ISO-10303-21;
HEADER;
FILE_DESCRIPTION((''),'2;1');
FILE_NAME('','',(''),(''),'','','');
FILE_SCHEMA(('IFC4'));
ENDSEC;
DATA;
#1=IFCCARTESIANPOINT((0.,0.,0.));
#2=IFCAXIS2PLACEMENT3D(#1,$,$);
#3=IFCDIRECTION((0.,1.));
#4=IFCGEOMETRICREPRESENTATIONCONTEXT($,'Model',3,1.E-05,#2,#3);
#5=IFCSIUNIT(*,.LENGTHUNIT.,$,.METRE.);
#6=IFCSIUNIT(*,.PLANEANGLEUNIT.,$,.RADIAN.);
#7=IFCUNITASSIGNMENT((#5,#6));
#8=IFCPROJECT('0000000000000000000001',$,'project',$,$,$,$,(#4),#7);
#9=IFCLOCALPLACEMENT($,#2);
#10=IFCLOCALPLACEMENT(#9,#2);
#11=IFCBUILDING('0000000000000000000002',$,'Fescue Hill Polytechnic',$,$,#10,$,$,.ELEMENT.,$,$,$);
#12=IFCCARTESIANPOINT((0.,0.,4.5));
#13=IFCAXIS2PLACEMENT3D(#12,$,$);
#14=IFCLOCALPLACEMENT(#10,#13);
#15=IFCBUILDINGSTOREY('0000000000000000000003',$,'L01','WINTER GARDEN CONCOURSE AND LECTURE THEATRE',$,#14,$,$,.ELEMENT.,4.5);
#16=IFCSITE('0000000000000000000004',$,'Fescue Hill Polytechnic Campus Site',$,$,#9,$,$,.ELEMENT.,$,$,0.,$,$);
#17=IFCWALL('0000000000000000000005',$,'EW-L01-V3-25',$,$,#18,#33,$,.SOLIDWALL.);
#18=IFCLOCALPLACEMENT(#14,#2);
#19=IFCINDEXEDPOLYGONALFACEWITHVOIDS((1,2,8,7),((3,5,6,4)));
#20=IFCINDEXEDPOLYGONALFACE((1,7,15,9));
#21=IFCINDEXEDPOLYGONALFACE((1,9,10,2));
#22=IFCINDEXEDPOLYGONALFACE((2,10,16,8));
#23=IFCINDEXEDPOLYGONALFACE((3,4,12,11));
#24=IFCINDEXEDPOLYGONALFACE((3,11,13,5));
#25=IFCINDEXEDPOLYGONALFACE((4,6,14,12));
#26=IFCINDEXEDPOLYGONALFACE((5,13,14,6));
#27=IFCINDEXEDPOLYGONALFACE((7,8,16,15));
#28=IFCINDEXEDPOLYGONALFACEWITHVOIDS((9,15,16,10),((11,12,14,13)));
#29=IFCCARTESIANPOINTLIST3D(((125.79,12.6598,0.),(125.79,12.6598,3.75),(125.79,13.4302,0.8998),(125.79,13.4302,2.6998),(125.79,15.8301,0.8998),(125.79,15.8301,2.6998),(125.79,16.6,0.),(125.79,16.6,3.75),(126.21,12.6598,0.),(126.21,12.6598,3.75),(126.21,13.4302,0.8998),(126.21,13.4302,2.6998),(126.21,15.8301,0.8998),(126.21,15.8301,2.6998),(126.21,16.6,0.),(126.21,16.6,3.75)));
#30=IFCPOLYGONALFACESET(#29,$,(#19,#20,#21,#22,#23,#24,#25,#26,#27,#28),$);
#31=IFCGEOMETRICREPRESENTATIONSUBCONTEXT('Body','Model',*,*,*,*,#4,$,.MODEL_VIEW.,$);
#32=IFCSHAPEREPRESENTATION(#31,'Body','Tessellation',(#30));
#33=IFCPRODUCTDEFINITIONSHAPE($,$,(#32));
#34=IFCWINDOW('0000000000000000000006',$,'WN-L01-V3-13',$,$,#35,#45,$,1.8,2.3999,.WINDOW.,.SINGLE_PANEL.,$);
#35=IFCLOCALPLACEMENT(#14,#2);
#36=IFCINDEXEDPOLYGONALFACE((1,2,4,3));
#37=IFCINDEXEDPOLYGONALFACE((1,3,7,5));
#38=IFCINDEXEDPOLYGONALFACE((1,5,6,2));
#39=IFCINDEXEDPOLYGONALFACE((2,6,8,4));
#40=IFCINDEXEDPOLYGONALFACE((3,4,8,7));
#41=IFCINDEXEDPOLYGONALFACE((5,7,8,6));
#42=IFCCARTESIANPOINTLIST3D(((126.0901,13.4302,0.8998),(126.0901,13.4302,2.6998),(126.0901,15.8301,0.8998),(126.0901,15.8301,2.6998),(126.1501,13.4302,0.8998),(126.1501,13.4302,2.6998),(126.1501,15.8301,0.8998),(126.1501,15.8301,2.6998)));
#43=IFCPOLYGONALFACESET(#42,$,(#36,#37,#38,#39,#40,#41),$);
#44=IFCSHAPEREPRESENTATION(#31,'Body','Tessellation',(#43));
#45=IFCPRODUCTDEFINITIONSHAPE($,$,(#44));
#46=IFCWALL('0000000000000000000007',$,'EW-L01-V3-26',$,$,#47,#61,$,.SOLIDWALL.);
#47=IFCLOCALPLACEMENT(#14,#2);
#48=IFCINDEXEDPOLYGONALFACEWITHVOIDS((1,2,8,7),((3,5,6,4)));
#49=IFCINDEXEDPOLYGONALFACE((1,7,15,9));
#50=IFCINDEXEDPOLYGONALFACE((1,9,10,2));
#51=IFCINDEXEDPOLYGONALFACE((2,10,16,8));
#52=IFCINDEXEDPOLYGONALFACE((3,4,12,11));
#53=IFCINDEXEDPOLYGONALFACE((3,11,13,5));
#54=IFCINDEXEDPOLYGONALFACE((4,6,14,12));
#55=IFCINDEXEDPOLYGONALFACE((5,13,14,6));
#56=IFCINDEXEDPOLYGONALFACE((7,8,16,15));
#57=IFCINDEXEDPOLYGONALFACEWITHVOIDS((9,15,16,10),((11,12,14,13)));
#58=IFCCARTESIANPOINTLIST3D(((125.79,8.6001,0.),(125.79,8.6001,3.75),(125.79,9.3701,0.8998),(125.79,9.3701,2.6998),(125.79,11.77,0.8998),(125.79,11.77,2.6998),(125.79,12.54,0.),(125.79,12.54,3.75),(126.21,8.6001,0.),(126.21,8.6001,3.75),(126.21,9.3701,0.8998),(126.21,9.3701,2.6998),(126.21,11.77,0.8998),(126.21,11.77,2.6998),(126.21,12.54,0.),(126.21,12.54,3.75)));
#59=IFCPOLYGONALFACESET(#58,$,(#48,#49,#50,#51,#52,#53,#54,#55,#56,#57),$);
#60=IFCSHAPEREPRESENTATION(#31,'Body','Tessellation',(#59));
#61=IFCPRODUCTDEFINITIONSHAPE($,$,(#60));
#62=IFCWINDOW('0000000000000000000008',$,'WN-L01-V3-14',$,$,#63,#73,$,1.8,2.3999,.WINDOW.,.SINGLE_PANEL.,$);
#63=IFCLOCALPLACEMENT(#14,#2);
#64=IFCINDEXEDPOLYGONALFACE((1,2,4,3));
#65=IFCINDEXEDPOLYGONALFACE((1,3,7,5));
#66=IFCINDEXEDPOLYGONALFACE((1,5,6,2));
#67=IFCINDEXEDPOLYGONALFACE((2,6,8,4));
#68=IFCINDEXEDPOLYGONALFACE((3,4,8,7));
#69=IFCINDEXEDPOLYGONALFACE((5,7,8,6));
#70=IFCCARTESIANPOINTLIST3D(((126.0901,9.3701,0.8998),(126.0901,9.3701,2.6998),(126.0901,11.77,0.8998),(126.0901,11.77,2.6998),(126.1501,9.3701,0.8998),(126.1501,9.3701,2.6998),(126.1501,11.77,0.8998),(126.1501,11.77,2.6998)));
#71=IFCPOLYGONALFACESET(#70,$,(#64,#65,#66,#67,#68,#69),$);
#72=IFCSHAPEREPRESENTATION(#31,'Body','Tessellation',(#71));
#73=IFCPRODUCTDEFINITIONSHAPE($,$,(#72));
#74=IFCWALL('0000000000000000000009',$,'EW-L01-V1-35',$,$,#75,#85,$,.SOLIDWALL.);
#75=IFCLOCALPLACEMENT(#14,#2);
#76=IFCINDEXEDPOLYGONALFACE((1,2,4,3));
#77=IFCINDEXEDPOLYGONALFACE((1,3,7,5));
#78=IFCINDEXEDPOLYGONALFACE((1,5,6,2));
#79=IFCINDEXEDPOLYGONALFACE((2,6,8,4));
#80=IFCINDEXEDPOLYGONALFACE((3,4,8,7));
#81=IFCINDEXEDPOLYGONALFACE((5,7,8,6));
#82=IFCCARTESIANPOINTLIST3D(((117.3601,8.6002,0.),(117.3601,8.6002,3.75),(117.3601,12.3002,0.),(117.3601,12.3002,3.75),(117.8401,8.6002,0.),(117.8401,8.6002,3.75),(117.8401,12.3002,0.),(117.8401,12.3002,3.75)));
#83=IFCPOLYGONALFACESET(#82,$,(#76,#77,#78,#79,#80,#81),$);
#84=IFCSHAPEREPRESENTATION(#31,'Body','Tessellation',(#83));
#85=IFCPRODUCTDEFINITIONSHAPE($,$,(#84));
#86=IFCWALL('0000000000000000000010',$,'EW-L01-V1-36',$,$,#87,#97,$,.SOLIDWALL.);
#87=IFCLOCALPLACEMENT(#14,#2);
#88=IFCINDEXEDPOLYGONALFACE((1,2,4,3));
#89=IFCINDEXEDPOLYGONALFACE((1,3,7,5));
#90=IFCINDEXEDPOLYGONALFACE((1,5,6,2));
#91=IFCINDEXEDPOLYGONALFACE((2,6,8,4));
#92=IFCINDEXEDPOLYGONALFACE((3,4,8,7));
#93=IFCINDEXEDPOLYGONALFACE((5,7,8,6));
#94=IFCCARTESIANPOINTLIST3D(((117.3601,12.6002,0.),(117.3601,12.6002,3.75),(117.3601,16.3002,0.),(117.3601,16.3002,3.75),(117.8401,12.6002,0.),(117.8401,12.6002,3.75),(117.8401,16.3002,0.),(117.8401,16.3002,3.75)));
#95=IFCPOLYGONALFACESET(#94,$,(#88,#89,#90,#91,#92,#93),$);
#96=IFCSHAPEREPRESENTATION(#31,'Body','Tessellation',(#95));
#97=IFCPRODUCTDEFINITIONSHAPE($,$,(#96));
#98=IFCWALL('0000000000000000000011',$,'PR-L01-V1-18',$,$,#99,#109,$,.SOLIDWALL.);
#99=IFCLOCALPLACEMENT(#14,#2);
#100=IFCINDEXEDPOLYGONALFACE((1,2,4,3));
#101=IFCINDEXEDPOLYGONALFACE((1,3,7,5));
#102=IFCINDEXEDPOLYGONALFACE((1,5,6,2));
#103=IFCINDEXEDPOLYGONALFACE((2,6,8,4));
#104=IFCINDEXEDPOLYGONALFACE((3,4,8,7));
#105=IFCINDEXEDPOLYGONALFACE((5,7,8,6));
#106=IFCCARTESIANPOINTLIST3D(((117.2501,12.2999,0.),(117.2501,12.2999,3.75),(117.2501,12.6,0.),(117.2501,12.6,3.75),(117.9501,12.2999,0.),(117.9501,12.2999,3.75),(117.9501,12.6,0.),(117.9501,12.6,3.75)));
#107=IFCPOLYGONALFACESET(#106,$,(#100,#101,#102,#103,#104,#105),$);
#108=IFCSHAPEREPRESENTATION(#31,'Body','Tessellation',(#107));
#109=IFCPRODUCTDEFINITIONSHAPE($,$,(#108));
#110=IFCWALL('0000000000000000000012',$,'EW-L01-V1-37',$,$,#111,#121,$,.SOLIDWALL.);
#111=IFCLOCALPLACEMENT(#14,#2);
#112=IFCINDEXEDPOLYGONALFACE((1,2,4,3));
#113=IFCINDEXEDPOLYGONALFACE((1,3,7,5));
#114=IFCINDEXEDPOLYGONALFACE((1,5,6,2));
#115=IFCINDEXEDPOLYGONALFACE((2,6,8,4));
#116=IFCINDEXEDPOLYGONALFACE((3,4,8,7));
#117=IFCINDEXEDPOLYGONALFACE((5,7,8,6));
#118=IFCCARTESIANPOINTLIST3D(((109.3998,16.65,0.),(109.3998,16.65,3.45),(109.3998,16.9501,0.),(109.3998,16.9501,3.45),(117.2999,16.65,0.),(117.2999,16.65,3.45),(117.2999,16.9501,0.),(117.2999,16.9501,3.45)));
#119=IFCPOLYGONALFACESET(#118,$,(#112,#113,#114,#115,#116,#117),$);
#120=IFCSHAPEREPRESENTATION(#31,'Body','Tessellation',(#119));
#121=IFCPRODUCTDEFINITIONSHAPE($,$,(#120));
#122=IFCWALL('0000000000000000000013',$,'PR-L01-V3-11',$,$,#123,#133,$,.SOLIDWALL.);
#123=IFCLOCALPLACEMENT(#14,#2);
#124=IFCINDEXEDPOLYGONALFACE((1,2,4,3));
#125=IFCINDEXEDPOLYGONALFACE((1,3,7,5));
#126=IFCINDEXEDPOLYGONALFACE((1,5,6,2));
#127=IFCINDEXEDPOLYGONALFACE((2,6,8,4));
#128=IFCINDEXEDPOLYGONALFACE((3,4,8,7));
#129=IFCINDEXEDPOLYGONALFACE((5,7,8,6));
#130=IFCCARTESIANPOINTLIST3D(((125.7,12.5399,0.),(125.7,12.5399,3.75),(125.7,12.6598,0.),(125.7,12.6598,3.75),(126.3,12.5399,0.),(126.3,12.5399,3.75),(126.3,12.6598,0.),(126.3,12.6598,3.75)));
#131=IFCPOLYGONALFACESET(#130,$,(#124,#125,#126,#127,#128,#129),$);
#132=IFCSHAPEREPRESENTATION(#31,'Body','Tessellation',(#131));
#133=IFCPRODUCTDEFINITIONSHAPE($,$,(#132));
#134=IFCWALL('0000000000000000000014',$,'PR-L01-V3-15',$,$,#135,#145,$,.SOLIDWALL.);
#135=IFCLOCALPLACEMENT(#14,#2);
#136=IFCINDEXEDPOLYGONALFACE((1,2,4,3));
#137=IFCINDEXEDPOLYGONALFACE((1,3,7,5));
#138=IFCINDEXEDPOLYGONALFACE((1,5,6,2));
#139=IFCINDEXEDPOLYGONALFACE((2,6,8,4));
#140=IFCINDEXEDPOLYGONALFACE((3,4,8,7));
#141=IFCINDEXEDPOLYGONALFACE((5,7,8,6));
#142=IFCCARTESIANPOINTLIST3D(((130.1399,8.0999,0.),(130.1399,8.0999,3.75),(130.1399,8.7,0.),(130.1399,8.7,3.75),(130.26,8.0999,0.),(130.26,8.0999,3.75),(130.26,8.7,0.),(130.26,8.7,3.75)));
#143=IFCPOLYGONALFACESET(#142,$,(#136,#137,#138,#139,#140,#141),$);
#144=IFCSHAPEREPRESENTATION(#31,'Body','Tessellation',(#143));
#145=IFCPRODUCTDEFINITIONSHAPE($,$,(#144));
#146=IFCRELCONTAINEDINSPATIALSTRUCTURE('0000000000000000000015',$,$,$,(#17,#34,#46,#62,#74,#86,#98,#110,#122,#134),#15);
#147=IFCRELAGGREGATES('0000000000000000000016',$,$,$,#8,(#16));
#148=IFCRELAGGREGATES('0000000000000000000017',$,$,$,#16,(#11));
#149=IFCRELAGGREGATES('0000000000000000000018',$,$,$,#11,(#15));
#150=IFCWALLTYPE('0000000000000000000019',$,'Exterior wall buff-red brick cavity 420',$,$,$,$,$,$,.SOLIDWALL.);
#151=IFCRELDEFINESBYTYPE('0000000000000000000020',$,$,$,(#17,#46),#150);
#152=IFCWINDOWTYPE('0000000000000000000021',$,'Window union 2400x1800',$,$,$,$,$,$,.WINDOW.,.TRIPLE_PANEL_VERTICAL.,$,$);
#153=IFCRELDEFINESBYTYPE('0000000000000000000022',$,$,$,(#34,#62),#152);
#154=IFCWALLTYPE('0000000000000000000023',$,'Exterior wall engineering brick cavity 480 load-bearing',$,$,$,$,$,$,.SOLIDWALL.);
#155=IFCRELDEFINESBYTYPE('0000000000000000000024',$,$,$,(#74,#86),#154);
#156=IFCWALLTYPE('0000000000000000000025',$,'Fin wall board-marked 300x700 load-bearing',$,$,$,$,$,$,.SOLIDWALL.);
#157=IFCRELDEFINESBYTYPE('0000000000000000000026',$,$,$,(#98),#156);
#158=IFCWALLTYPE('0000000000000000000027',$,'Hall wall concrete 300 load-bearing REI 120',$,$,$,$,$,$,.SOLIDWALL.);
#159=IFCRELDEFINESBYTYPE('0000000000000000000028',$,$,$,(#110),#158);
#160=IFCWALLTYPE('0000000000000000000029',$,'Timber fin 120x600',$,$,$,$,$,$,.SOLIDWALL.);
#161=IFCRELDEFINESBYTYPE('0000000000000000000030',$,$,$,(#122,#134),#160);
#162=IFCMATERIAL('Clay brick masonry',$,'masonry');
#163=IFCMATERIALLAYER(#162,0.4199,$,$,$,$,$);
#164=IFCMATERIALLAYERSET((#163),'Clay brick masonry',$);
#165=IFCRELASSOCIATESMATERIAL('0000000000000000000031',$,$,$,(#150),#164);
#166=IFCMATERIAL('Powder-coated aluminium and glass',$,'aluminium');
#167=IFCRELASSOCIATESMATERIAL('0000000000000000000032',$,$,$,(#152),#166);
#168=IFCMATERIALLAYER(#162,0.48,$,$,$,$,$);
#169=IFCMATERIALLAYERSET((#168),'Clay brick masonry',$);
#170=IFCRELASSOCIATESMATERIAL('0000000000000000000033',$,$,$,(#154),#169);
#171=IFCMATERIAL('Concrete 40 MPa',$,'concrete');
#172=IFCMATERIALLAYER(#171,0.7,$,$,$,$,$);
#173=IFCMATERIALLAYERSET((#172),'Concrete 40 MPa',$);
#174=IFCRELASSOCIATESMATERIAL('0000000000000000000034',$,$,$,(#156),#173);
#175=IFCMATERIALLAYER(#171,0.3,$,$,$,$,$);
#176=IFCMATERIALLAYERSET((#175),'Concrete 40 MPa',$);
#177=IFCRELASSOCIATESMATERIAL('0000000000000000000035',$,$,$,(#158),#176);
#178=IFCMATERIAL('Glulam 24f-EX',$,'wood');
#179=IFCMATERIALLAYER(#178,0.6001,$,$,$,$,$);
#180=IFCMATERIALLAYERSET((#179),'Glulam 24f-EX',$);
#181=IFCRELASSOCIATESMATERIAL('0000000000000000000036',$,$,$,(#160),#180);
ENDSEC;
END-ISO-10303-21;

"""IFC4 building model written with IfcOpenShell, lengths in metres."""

from ifc_helpers import new_model, si_unit, direction, frame, frame_2d, origin, place, context, subcontext, project, spatial, rectangle, extrude, material, layer, layer_set, type_object, element, fill, save


model = new_model("IFC4")

# Units and contexts
model_context = context("Model", 3, precision=1e-05, world=origin(), true_north=direction((0.0, 1.0)))
body_context = subcontext(model_context, "Body", "Model", "MODEL_VIEW")
ifc_project = project(units=[si_unit("LENGTHUNIT", "METRE"), si_unit("PLANEANGLEUNIT", "RADIAN")], contexts=[model_context])

# Site, building, storey
site_placement = place(None, origin())
site = spatial("IfcSite", under=ifc_project, at=site_placement, Name="Fescue Hill Polytechnic Campus Site", CompositionType="ELEMENT", RefElevation=0.0)
building_placement = place(site_placement, origin())
building = spatial("IfcBuilding", under=site, at=building_placement, Name="Fescue Hill Polytechnic", CompositionType="ELEMENT")
storey_placement = place(building_placement, frame((0.0, 0.0, 4.5)))
storey = spatial("IfcBuildingStorey", under=building, at=storey_placement, Name="L01", Description="WINTER GARDEN CONCOURSE AND LECTURE THEATRE", CompositionType="ELEMENT", Elevation=4.5)

# Shared definitions
ifc_material_1 = material(Name="Concrete 40 MPa", Category="concrete")

# Walls, openings, windows
ifc_material_2 = material(Name="Clay brick masonry", Category="masonry")
ifc_layer_1 = layer(ifc_material_2, 0.4199)
ifc_layer_set_1 = layer_set([ifc_layer_1], Name="Clay brick masonry")
wall_type_1 = type_object("IfcWallType", Name="Exterior wall buff-red brick cavity 420", PredefinedType="SOLIDWALL", material=ifc_layer_set_1)
wall_1_placement = place(storey_placement, frame((126.0, 16.6001, 0.0), z_axis=(0.0, 0.0, 1.0), x_axis=(0.0, -1.0, 0.0)))
wall_1 = element("IfcWall", 1, at=wall_1_placement, inside=storey, type_object=wall_type_1, Name="EW-L01-V3-25", PredefinedType="SOLIDWALL", context=body_context, shape_type="SweptSolid", body=[
    extrude(rectangle(XDim=3.9402, YDim=0.4199, at=frame_2d((1.9702, 0.0))), origin(), (0.0, 0.0, 1.0), 3.75),
])
opening_1_placement = place(wall_1_placement, frame((0.77, 0.0, 0.8999)))
opening_1 = element("IfcOpeningElement", 2, at=opening_1_placement, cuts=wall_1, PredefinedType="OPENING", context=body_context, shape_type="SweptSolid", body=[
    extrude(rectangle(XDim=2.3999, YDim=1.8, at=frame_2d((1.2, 0.8999))), frame((0.0, 0.22, 0.0), z_axis=(0.0, -1.0, 0.0), x_axis=(1.0, 0.0, 0.0)), (0.0, 0.0, 1.0), 0.4399),
])
ifc_material_3 = material(Name="Powder-coated aluminium and glass", Category="aluminium")
window_type = type_object("IfcWindowType", Name="Window union 2400x1800", PartitioningType="TRIPLE_PANEL_VERTICAL", PredefinedType="WINDOW", material=ifc_material_3)
window_1_placement = place(opening_1_placement, origin())
window_1 = element("IfcWindow", 3, at=window_1_placement, inside=storey, type_object=window_type, Name="WN-L01-V3-13", OverallHeight=1.8, OverallWidth=2.3999, PartitioningType="SINGLE_PANEL", PredefinedType="WINDOW", context=body_context, shape_type="SweptSolid", body=[
    extrude(rectangle(XDim=2.3999, YDim=1.8, at=frame_2d((1.2, 0.8999))), frame((0.0, 0.1501, 0.0), z_axis=(0.0, -1.0, 0.0), x_axis=(1.0, 0.0, 0.0)), (0.0, 0.0, 1.0), 0.0601),
])
fill(opening_1, window_1)
wall_2_placement = place(storey_placement, frame((126.0, 12.54, 0.0), z_axis=(0.0, 0.0, 1.0), x_axis=(0.0, -1.0, 0.0)))
wall_2 = element("IfcWall", 4, at=wall_2_placement, inside=storey, type_object=wall_type_1, Name="EW-L01-V3-26", PredefinedType="SOLIDWALL", context=body_context, shape_type="SweptSolid", body=[
    extrude(rectangle(XDim=3.9399, YDim=0.4199, at=frame_2d((1.97, 0.0))), origin(), (0.0, 0.0, 1.0), 3.75),
])
opening_2_placement = place(wall_2_placement, frame((0.77, 0.0, 0.8999)))
opening_2 = element("IfcOpeningElement", 5, at=opening_2_placement, cuts=wall_2, PredefinedType="OPENING", context=body_context, shape_type="SweptSolid", body=[
    extrude(rectangle(XDim=2.3999, YDim=1.8, at=frame_2d((1.2, 0.8999))), frame((0.0, 0.22, 0.0), z_axis=(0.0, -1.0, 0.0), x_axis=(1.0, 0.0, 0.0)), (0.0, 0.0, 1.0), 0.4399),
])
window_2_placement = place(opening_2_placement, origin())
window_2 = element("IfcWindow", 6, at=window_2_placement, inside=storey, type_object=window_type, Name="WN-L01-V3-14", OverallHeight=1.8, OverallWidth=2.3999, PartitioningType="SINGLE_PANEL", PredefinedType="WINDOW", context=body_context, shape_type="SweptSolid", body=[
    extrude(rectangle(XDim=2.3999, YDim=1.8, at=frame_2d((1.2, 0.8999))), frame((0.0, 0.1501, 0.0), z_axis=(0.0, -1.0, 0.0), x_axis=(1.0, 0.0, 0.0)), (0.0, 0.0, 1.0), 0.0601),
])
fill(opening_2, window_2)

# Walls
ifc_layer_2 = layer(ifc_material_2, 0.48)
ifc_layer_set_2 = layer_set([ifc_layer_2], Name="Clay brick masonry")
wall_type_2 = type_object("IfcWallType", Name="Exterior wall engineering brick cavity 480 load-bearing", PredefinedType="SOLIDWALL", material=ifc_layer_set_2)
for number, where, z_axis, x_axis, name in (
    (7, (117.6001, 8.6001, 0.0), (0.0, 0.0, 1.0), (0.0, 1.0, 0.0), "EW-L01-V1-35"),
    (8, (117.6001, 12.6001, 0.0), (0.0, 0.0, 1.0), (0.0, 1.0, 0.0), "EW-L01-V1-36"),
):
    element("IfcWall", number, at=place(storey_placement, frame(where, z_axis=z_axis, x_axis=x_axis)), inside=storey, type_object=wall_type_2, Name=name, PredefinedType="SOLIDWALL", context=body_context, shape_type="SweptSolid", body=[
        extrude(rectangle(XDim=3.7, YDim=0.48, at=frame_2d((1.8501, 0.0))), origin(), (0.0, 0.0, 1.0), 3.75),
    ])
ifc_layer_3 = layer(ifc_material_1, 0.7)
ifc_layer_set_3 = layer_set([ifc_layer_3], Name="Concrete 40 MPa")
wall_type_3 = type_object("IfcWallType", Name="Fin wall board-marked 300x700 load-bearing", PredefinedType="SOLIDWALL", material=ifc_layer_set_3)
wall_3_placement = place(storey_placement, frame((117.6001, 12.3, 0.0), z_axis=(0.0, 0.0, 1.0), x_axis=(0.0, 1.0, 0.0)))
element("IfcWall", 9, at=wall_3_placement, inside=storey, type_object=wall_type_3, Name="PR-L01-V1-18", PredefinedType="SOLIDWALL", context=body_context, shape_type="SweptSolid", body=[
    extrude(rectangle(XDim=0.3, YDim=0.7, at=frame_2d((0.1499, 0.0))), origin(), (0.0, 0.0, 1.0), 3.75),
])
ifc_layer_4 = layer(ifc_material_1, 0.3)
ifc_layer_set_4 = layer_set([ifc_layer_4], Name="Concrete 40 MPa")
wall_type_4 = type_object("IfcWallType", Name="Hall wall concrete 300 load-bearing REI 120", PredefinedType="SOLIDWALL", material=ifc_layer_set_4)
wall_4_placement = place(storey_placement, frame((117.3, 16.8, 0.0), z_axis=(0.0, 0.0, 1.0), x_axis=(-1.0, 0.0, 0.0)))
element("IfcWall", 10, at=wall_4_placement, inside=storey, type_object=wall_type_4, Name="EW-L01-V1-37", PredefinedType="SOLIDWALL", context=body_context, shape_type="SweptSolid", body=[
    extrude(rectangle(XDim=7.9001, YDim=0.3, at=frame_2d((3.9502, 0.0))), origin(), (0.0, 0.0, 1.0), 3.45),
])
ifc_material_4 = material(Name="Glulam 24f-EX", Category="wood")
ifc_layer_5 = layer(ifc_material_4, 0.6001)
ifc_layer_set_5 = layer_set([ifc_layer_5], Name="Glulam 24f-EX")
wall_type_5 = type_object("IfcWallType", Name="Timber fin 120x600", PredefinedType="SOLIDWALL", material=ifc_layer_set_5)
wall_5_placement = place(storey_placement, frame((126.0, 12.6599, 0.0), z_axis=(0.0, 0.0, 1.0), x_axis=(0.0, -1.0, 0.0)))
element("IfcWall", 11, at=wall_5_placement, inside=storey, type_object=wall_type_5, Name="PR-L01-V3-11", PredefinedType="SOLIDWALL", context=body_context, shape_type="SweptSolid", body=[
    extrude(rectangle(XDim=0.1199, YDim=0.6001, at=frame_2d((0.0601, 0.0))), origin(), (0.0, 0.0, 1.0), 3.75),
])
wall_6_placement = place(storey_placement, frame((130.1399, 8.3999, 0.0), z_axis=(0.0, 0.0, 1.0), x_axis=(1.0, 0.0, 0.0)))
element("IfcWall", 12, at=wall_6_placement, inside=storey, type_object=wall_type_5, Name="PR-L01-V3-15", PredefinedType="SOLIDWALL", context=body_context, shape_type="SweptSolid", body=[
    extrude(rectangle(XDim=0.1201, YDim=0.6001, at=frame_2d((0.0601, 0.0))), origin(), (0.0, 0.0, 1.0), 3.75),
])

save(model, "model.ifc")
